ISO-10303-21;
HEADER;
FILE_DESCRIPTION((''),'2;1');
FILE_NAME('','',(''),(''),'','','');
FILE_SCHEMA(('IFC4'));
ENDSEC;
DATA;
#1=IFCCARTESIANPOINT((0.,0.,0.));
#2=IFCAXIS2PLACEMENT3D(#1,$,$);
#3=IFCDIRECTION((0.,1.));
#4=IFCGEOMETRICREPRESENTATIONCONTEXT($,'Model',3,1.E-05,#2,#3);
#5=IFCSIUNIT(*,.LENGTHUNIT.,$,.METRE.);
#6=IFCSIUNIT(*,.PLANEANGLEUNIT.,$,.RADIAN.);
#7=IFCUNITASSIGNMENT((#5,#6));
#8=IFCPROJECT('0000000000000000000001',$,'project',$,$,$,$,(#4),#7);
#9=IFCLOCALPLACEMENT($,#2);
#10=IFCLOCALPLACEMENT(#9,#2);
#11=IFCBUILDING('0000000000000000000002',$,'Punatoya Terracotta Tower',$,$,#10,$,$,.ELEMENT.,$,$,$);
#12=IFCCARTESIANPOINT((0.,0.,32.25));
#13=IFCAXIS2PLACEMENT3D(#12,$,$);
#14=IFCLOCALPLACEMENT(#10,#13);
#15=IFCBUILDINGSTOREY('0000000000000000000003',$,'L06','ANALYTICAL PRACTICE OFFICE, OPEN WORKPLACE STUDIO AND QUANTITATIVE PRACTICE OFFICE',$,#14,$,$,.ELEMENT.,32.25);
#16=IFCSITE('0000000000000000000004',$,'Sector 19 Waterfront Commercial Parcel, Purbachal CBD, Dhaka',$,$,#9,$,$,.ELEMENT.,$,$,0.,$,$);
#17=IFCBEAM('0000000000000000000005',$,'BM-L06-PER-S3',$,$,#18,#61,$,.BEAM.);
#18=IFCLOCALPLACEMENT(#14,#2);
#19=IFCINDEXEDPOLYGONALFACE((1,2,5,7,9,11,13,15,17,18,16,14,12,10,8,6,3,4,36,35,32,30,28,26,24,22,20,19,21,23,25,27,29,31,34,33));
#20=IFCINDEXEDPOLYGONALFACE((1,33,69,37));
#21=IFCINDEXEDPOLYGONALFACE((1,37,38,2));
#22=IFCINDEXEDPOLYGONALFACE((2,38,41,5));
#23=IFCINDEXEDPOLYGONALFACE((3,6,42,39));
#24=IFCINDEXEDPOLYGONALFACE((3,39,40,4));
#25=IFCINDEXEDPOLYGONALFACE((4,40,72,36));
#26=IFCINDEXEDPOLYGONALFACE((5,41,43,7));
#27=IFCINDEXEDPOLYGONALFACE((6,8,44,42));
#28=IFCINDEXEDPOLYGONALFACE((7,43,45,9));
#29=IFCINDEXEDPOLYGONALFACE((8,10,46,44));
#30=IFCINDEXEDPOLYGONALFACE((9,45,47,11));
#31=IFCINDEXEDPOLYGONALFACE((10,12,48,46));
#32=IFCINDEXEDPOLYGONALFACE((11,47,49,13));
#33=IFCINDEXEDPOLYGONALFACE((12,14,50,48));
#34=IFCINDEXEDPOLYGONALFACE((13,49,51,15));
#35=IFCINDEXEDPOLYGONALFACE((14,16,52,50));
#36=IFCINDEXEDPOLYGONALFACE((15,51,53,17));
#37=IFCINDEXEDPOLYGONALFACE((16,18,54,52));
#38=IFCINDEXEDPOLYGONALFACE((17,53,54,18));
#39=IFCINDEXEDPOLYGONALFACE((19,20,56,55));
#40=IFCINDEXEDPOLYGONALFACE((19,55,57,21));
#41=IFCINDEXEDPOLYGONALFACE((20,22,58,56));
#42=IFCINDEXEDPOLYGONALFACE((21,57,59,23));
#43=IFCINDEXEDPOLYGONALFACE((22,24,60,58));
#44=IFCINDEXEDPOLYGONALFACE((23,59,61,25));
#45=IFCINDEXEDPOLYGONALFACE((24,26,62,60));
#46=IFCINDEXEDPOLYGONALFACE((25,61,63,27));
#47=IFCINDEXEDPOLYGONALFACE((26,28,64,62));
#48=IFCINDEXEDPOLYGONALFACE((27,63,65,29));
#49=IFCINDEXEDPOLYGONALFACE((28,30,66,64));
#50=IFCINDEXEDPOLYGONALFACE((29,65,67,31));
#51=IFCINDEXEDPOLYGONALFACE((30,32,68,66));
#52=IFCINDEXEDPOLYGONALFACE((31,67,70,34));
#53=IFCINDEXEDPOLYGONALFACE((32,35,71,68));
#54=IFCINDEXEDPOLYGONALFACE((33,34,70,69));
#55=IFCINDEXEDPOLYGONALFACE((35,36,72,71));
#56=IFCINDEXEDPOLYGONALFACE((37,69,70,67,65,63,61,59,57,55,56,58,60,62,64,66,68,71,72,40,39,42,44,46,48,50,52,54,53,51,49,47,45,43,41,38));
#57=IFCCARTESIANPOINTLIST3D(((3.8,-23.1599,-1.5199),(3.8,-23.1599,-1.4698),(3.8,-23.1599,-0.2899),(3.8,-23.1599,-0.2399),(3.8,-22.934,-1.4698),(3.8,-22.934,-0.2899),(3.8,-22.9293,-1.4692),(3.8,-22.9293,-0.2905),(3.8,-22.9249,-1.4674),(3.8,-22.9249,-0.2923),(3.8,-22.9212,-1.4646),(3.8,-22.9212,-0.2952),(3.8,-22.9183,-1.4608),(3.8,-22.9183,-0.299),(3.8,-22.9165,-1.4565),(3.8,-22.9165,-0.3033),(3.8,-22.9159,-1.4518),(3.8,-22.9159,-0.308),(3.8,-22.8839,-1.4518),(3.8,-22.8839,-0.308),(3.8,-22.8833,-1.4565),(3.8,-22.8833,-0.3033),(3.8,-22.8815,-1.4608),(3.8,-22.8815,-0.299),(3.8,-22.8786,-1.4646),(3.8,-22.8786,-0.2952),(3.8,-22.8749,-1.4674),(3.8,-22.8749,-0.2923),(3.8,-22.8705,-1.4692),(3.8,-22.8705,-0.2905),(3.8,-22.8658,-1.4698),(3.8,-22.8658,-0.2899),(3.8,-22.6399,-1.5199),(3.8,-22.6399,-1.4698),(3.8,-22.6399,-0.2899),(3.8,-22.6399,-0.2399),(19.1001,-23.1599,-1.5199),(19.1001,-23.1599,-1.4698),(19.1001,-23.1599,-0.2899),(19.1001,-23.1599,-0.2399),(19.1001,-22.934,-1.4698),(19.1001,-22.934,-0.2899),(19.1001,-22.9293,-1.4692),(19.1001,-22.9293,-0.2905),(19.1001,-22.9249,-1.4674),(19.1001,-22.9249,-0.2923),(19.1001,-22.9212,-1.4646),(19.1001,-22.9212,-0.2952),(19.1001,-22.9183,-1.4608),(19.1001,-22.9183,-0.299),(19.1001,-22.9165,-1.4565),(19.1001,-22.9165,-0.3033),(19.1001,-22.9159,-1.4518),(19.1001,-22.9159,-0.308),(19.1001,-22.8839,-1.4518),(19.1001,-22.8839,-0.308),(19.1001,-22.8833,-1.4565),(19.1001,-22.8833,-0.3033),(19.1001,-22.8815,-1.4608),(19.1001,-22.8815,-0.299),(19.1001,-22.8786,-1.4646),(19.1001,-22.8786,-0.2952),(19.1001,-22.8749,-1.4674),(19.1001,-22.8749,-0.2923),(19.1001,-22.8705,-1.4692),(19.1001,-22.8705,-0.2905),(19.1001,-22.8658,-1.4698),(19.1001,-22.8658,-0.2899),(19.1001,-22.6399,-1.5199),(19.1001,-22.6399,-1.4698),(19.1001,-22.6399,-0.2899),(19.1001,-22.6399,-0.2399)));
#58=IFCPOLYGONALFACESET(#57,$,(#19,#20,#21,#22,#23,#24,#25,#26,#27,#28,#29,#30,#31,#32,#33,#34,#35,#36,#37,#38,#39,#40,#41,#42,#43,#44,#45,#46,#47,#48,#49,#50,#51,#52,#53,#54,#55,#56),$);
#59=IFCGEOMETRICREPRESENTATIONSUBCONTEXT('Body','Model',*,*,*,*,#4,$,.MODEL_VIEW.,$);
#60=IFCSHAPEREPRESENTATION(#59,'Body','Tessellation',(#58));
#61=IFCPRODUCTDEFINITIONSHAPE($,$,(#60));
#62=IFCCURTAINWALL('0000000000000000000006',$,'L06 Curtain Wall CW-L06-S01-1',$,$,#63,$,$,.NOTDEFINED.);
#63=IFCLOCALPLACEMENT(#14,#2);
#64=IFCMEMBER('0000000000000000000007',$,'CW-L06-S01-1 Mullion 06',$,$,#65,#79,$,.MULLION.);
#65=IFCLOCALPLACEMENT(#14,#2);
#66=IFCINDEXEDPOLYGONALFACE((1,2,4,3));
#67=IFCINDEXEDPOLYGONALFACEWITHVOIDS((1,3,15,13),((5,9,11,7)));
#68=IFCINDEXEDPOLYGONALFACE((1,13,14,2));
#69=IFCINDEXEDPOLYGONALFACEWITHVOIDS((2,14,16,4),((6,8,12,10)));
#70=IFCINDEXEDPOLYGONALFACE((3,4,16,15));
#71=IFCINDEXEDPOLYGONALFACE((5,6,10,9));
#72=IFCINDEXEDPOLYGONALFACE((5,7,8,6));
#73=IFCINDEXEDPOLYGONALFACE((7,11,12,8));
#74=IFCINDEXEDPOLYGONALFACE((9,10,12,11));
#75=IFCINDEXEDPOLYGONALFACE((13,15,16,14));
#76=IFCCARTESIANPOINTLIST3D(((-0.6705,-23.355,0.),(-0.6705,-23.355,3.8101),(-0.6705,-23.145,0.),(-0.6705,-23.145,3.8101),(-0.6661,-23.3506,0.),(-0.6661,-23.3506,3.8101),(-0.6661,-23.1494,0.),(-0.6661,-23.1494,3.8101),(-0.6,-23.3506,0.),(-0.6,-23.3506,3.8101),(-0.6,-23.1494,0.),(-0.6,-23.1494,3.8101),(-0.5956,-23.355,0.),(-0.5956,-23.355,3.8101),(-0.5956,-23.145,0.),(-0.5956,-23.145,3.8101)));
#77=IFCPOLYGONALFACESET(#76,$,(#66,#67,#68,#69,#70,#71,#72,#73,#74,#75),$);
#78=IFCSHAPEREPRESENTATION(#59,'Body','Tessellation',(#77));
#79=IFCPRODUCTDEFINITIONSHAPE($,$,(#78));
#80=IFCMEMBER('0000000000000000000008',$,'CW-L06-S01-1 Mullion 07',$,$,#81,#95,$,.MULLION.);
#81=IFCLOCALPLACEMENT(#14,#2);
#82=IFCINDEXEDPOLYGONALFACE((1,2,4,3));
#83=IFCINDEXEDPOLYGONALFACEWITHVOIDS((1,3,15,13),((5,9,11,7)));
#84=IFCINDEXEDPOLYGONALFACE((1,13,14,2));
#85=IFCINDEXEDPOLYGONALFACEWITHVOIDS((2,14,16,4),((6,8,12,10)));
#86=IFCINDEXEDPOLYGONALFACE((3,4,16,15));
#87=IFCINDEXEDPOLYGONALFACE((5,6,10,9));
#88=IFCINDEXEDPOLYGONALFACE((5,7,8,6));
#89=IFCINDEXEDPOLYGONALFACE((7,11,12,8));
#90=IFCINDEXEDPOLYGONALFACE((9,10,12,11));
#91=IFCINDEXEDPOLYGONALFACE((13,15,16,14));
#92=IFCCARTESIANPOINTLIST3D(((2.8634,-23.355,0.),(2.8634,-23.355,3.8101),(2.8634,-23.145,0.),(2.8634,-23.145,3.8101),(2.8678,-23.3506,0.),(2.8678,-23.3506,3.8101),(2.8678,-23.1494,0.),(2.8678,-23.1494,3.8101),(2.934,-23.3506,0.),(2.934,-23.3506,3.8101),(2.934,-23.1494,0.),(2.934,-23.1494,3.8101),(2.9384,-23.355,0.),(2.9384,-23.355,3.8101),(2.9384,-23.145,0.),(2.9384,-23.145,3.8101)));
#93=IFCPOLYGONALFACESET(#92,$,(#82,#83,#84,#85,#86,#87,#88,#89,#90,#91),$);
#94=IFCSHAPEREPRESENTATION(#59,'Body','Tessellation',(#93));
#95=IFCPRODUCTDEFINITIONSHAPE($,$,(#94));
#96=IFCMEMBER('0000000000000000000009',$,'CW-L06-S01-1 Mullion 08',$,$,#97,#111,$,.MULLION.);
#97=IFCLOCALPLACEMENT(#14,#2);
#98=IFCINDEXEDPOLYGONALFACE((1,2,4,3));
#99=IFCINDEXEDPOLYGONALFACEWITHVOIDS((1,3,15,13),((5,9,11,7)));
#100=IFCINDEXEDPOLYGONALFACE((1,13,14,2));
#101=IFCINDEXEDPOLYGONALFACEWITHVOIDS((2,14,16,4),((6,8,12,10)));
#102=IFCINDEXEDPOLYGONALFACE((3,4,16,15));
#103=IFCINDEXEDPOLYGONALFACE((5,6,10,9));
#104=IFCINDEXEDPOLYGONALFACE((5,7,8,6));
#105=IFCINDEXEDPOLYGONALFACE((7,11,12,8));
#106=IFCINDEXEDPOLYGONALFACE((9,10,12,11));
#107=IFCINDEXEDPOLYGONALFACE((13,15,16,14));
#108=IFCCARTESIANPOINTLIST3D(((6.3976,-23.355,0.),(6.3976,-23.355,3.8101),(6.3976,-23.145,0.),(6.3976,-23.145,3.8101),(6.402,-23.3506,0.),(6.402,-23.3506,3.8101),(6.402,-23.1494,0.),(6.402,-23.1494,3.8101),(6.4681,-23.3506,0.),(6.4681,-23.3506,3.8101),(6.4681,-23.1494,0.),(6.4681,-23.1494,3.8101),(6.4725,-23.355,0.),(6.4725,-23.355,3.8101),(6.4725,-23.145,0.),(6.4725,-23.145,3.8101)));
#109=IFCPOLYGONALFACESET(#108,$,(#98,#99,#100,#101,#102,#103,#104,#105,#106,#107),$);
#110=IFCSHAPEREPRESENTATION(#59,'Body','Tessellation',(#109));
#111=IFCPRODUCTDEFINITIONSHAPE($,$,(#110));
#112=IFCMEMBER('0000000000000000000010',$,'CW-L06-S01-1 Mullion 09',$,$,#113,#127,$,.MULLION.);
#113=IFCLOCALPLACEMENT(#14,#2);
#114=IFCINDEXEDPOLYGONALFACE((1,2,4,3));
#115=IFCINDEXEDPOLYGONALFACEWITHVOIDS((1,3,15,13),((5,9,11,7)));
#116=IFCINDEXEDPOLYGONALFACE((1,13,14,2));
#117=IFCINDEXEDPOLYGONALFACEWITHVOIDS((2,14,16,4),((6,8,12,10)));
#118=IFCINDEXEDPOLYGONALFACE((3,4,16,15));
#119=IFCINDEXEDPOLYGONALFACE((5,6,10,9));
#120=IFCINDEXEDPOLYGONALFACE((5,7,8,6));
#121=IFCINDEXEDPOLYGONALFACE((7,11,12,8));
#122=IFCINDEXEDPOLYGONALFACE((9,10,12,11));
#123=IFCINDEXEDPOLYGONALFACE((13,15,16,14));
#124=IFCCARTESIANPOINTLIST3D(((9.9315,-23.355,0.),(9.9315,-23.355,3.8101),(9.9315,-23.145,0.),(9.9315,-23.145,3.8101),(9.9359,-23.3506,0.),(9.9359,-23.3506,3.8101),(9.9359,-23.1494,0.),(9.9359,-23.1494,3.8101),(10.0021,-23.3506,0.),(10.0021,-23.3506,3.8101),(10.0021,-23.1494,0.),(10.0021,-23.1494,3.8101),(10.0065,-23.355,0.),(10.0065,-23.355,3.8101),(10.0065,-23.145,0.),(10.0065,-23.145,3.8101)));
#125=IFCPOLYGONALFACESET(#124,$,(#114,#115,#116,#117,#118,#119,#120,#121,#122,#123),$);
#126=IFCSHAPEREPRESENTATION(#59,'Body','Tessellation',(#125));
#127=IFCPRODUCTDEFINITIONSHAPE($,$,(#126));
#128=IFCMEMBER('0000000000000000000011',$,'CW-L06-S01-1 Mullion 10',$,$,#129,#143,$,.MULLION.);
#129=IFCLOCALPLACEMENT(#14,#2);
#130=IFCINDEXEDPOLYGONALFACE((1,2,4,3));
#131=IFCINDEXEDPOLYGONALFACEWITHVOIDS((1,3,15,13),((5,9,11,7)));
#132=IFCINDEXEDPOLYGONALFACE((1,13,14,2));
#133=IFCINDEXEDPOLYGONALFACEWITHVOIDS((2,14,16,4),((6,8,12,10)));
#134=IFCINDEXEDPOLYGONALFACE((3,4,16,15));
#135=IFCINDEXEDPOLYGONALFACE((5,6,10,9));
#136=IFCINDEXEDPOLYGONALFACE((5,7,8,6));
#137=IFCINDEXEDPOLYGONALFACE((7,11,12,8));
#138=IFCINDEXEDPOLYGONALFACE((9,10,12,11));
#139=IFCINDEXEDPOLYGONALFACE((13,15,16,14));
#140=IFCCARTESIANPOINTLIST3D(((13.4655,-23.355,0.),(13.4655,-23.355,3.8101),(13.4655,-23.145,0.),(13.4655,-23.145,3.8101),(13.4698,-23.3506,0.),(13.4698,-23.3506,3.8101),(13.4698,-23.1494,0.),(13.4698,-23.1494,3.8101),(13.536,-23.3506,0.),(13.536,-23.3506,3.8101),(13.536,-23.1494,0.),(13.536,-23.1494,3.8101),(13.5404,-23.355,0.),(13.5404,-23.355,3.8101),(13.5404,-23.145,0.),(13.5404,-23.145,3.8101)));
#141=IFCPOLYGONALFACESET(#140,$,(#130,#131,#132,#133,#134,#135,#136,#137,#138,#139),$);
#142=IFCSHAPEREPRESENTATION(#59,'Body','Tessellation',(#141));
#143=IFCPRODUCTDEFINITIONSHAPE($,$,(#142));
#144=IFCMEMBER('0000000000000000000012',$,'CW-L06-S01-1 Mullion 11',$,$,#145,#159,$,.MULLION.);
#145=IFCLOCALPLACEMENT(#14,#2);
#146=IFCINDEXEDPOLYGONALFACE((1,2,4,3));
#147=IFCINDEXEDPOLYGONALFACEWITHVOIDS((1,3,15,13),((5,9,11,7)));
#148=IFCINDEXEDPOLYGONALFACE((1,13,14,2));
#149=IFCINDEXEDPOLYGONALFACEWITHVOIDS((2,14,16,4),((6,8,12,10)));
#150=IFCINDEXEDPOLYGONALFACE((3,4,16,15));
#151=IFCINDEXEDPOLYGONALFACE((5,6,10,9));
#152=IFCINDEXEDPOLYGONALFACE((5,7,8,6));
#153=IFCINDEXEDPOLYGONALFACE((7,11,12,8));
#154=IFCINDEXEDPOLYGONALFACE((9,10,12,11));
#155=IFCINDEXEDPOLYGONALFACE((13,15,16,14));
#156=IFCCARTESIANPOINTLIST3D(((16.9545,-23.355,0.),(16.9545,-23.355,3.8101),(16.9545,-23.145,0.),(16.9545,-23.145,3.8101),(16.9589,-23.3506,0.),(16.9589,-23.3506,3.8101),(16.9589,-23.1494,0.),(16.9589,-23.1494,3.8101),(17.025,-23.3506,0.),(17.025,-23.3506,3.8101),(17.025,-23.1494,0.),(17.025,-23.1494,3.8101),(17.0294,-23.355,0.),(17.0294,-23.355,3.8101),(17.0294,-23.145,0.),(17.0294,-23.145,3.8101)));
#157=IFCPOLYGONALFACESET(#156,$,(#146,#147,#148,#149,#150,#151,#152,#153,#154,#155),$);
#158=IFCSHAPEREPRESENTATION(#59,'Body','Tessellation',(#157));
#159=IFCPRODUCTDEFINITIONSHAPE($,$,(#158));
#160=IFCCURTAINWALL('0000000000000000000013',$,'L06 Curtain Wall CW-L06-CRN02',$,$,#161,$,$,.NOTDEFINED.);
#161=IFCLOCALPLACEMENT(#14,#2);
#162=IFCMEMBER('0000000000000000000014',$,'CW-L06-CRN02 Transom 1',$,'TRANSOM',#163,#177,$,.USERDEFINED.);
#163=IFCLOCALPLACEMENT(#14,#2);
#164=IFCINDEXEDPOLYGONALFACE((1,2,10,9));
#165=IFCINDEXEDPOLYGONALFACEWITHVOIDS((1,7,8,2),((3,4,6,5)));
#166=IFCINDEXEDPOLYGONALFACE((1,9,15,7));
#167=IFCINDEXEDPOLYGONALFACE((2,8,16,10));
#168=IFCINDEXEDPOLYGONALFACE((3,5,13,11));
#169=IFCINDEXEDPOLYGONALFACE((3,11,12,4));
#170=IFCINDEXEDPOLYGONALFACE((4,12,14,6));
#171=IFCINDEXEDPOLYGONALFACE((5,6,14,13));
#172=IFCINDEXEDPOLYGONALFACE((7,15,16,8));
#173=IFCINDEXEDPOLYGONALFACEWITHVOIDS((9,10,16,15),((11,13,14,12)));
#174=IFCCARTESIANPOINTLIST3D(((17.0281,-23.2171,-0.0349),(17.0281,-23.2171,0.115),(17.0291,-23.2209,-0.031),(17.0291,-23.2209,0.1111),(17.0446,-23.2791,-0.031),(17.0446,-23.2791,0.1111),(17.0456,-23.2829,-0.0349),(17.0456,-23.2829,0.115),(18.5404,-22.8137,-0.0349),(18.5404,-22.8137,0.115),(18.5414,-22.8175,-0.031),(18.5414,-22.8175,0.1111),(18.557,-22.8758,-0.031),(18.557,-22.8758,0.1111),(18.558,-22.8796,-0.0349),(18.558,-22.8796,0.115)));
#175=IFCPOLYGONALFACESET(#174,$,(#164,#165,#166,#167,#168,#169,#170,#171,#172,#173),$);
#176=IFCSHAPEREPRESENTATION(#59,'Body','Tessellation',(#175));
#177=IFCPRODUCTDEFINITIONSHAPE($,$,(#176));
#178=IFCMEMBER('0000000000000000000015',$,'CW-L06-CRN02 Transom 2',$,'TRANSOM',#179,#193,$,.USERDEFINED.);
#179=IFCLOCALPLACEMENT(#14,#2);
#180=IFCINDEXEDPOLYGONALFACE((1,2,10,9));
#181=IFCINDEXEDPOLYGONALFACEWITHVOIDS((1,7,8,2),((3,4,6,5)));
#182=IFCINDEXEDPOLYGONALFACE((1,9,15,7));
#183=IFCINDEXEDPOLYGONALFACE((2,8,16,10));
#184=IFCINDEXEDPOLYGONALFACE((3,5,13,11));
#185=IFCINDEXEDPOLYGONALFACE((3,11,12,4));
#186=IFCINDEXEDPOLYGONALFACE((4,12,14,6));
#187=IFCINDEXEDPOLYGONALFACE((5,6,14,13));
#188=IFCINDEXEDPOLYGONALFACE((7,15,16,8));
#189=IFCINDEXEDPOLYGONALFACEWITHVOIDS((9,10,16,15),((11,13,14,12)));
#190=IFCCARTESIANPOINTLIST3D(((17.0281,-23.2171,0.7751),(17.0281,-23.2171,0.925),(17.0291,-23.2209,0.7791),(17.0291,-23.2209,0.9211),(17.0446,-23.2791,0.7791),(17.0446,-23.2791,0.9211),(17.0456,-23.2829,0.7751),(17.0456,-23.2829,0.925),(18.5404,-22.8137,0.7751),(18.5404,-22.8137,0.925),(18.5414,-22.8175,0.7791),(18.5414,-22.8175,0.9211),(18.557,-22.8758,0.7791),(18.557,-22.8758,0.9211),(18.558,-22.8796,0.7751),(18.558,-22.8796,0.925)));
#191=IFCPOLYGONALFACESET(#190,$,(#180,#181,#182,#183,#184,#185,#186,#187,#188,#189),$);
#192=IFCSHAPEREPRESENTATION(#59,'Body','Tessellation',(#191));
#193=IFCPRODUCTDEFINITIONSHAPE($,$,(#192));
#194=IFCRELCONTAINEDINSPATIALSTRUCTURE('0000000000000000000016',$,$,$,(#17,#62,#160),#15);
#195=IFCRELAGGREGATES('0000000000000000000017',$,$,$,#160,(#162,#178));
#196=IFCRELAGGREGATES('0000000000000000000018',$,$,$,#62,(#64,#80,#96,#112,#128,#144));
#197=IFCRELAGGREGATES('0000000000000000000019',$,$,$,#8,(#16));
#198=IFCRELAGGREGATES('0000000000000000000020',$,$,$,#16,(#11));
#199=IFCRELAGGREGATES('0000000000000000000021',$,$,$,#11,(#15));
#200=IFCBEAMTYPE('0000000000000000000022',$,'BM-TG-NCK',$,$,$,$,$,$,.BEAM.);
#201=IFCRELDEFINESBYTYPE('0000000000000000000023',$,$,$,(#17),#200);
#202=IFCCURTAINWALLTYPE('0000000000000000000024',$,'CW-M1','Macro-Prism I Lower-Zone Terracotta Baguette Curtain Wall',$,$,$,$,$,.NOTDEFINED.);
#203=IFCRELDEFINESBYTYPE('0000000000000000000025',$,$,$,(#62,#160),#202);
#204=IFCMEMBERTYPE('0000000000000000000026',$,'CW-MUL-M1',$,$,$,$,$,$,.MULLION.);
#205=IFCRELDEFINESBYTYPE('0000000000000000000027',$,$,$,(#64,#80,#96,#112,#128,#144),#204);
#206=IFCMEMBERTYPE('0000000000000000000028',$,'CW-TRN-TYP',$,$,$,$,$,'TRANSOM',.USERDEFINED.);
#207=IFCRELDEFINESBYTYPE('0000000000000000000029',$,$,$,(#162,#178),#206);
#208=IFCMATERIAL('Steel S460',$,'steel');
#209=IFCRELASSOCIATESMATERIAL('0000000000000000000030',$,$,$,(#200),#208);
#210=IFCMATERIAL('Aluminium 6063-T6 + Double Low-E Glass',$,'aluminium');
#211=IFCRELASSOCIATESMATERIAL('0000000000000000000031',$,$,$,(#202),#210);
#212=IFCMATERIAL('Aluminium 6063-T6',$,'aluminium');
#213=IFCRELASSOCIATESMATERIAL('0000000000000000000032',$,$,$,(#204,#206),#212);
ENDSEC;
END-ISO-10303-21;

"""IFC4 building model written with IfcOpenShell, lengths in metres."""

from ifc_helpers import new_model, si_unit, direction, frame, origin, origin_2d, place, context, subcontext, project, spatial, hollow_rectangle, i_section, extrude, material, material_profile, profile_set, type_object, element, aggregate, save


model = new_model("IFC4")

# Units and contexts
model_context = context("Model", 3, precision=1e-05, world=origin(), true_north=direction((0.0, 1.0)))
body_context = subcontext(model_context, "Body", "Model", "MODEL_VIEW")
ifc_project = project(units=[si_unit("LENGTHUNIT", "METRE"), si_unit("PLANEANGLEUNIT", "RADIAN")], contexts=[model_context])

# Site, building, storey
site_placement = place(None, origin())
site = spatial("IfcSite", under=ifc_project, at=site_placement, Name="Sector 19 Waterfront Commercial Parcel, Purbachal CBD, Dhaka", CompositionType="ELEMENT", RefElevation=0.0)
building_placement = place(site_placement, origin())
building = spatial("IfcBuilding", under=site, at=building_placement, Name="Punatoya Terracotta Tower", CompositionType="ELEMENT")
storey_placement = place(building_placement, frame((0.0, 0.0, 32.25)))
storey = spatial("IfcBuildingStorey", under=building, at=storey_placement, Name="L06", Description="ANALYTICAL PRACTICE OFFICE, OPEN WORKPLACE STUDIO AND QUANTITATIVE PRACTICE OFFICE", CompositionType="ELEMENT", Elevation=32.25)

# Shared definitions
ifc_material_1 = material(Name="Steel S460", Category="steel")

# Beam
ifc_material_profile_1 = material_profile(ifc_material_1, i_section(OverallWidth=0.52, OverallDepth=1.28, WebThickness=0.032, FlangeThickness=0.05, FilletRadius=0.0181, at=origin_2d()))
ifc_profile_set_1 = profile_set([ifc_material_profile_1], Name="Steel S460")
beam_type_1 = type_object("IfcBeamType", Name="BM-TG-NCK", PredefinedType="BEAM", material=ifc_profile_set_1)
beam_1_placement = place(storey_placement, frame((3.8, -22.8999, -0.8799), z_axis=(1.0, 0.0, 0.0), x_axis=(0.0, 1.0, 0.0)))
element("IfcBeam", 1, at=beam_1_placement, inside=storey, type_object=beam_type_1, Name="BM-L06-PER-S3", PredefinedType="BEAM", context=body_context, shape_type="SweptSolid", body=[
    extrude(i_section(OverallWidth=0.52, OverallDepth=1.28, WebThickness=0.032, FlangeThickness=0.05, FilletRadius=0.0181, at=origin_2d()), origin(), (0.0, 0.0, 1.0), 15.3),
])

# Curtain walls, members
ifc_material_2 = material(Name="Aluminium 6063-T6 + Double Low-E Glass", Category="aluminium")
curtain_wall_type = type_object("IfcCurtainWallType", Name="CW-M1", Description="Macro-Prism I Lower-Zone Terracotta Baguette Curtain Wall", PredefinedType="NOTDEFINED", material=ifc_material_2)
curtain_wall_1_placement = place(storey_placement, origin())
curtain_wall_1 = element("IfcCurtainWall", 2, at=curtain_wall_1_placement, inside=storey, type_object=curtain_wall_type, Name="L06 Curtain Wall CW-L06-S01-1", PredefinedType="NOTDEFINED")
ifc_material_3 = material(Name="Aluminium 6063-T6", Category="aluminium")
ifc_material_profile_2 = material_profile(ifc_material_3, hollow_rectangle(XDim=0.075, YDim=0.21, WallThickness=0.0044, at=origin_2d()))
ifc_profile_set_2 = profile_set([ifc_material_profile_2], Name="Aluminium 6063-T6")
member_type_1 = type_object("IfcMemberType", Name="CW-MUL-M1", PredefinedType="MULLION", material=ifc_profile_set_2)
member_1_placement = place(storey_placement, frame((-0.6331, -23.25, 0.0), z_axis=(0.0, 0.0, 1.0), x_axis=(1.0, 0.0, 0.0)))
member_1 = element("IfcMember", 3, at=member_1_placement, type_object=member_type_1, Name="CW-L06-S01-1 Mullion 06", PredefinedType="MULLION", context=body_context, shape_type="SweptSolid", body=[
    extrude(hollow_rectangle(XDim=0.075, YDim=0.21, WallThickness=0.0044, at=origin_2d()), origin(), (0.0, 0.0, 1.0), 3.8101),
])
member_2_placement = place(storey_placement, frame((2.9009, -23.25, 0.0), z_axis=(0.0, 0.0, 1.0), x_axis=(1.0, 0.0, 0.0)))
member_2 = element("IfcMember", 4, at=member_2_placement, type_object=member_type_1, Name="CW-L06-S01-1 Mullion 07", PredefinedType="MULLION", context=body_context, shape_type="SweptSolid", body=[
    extrude(hollow_rectangle(XDim=0.075, YDim=0.21, WallThickness=0.0044, at=origin_2d()), origin(), (0.0, 0.0, 1.0), 3.8101),
])
member_3_placement = place(storey_placement, frame((6.4351, -23.25, 0.0), z_axis=(0.0, 0.0, 1.0), x_axis=(1.0, 0.0, 0.0)))
member_3 = element("IfcMember", 5, at=member_3_placement, type_object=member_type_1, Name="CW-L06-S01-1 Mullion 08", PredefinedType="MULLION", context=body_context, shape_type="SweptSolid", body=[
    extrude(hollow_rectangle(XDim=0.075, YDim=0.21, WallThickness=0.0044, at=origin_2d()), origin(), (0.0, 0.0, 1.0), 3.8101),
])
member_4_placement = place(storey_placement, frame((9.969, -23.25, 0.0), z_axis=(0.0, 0.0, 1.0), x_axis=(1.0, 0.0, 0.0)))
member_4 = element("IfcMember", 6, at=member_4_placement, type_object=member_type_1, Name="CW-L06-S01-1 Mullion 09", PredefinedType="MULLION", context=body_context, shape_type="SweptSolid", body=[
    extrude(hollow_rectangle(XDim=0.075, YDim=0.21, WallThickness=0.0044, at=origin_2d()), origin(), (0.0, 0.0, 1.0), 3.8101),
])
member_5_placement = place(storey_placement, frame((13.5029, -23.25, 0.0), z_axis=(0.0, 0.0, 1.0), x_axis=(1.0, 0.0, 0.0)))
member_5 = element("IfcMember", 7, at=member_5_placement, type_object=member_type_1, Name="CW-L06-S01-1 Mullion 10", PredefinedType="MULLION", context=body_context, shape_type="SweptSolid", body=[
    extrude(hollow_rectangle(XDim=0.075, YDim=0.21, WallThickness=0.0044, at=origin_2d()), origin(), (0.0, 0.0, 1.0), 3.8101),
])
member_6_placement = place(storey_placement, frame((16.9919, -23.25, 0.0), z_axis=(0.0, 0.0, 1.0), x_axis=(1.0, 0.0, 0.0)))
member_6 = element("IfcMember", 8, at=member_6_placement, type_object=member_type_1, Name="CW-L06-S01-1 Mullion 11", PredefinedType="MULLION", context=body_context, shape_type="SweptSolid", body=[
    extrude(hollow_rectangle(XDim=0.075, YDim=0.21, WallThickness=0.0044, at=origin_2d()), origin(), (0.0, 0.0, 1.0), 3.8101),
])
curtain_wall_2_placement = place(storey_placement, origin())
curtain_wall_2 = element("IfcCurtainWall", 9, at=curtain_wall_2_placement, inside=storey, type_object=curtain_wall_type, Name="L06 Curtain Wall CW-L06-CRN02", PredefinedType="NOTDEFINED")
ifc_material_profile_3 = material_profile(ifc_material_3, hollow_rectangle(XDim=0.0681, YDim=0.1499, WallThickness=0.0039, at=origin_2d()))
ifc_profile_set_3 = profile_set([ifc_material_profile_3], Name="Aluminium 6063-T6")
member_type_2 = type_object("IfcMemberType", Name="CW-TRN-TYP", ElementType="TRANSOM", PredefinedType="USERDEFINED", material=ifc_profile_set_3)
member_7_placement = place(storey_placement, frame((17.0369, -23.25, 0.04), z_axis=(0.966225, 0.257701, 0.0), x_axis=(-0.257701, 0.966225, 0.0)))
member_7 = element("IfcMember", 10, at=member_7_placement, type_object=member_type_2, Name="CW-L06-CRN02 Transom 1", ObjectType="TRANSOM", PredefinedType="USERDEFINED", context=body_context, shape_type="SweptSolid", body=[
    extrude(hollow_rectangle(XDim=0.0681, YDim=0.1499, WallThickness=0.0039, at=origin_2d()), origin(), (0.0, 0.0, 1.0), 1.5652),
])
member_8_placement = place(storey_placement, frame((17.0369, -23.25, 0.8501), z_axis=(0.966225, 0.257701, 0.0), x_axis=(-0.257701, 0.966225, 0.0)))
member_8 = element("IfcMember", 11, at=member_8_placement, type_object=member_type_2, Name="CW-L06-CRN02 Transom 2", ObjectType="TRANSOM", PredefinedType="USERDEFINED", context=body_context, shape_type="SweptSolid", body=[
    extrude(hollow_rectangle(XDim=0.0681, YDim=0.1499, WallThickness=0.0039, at=origin_2d()), origin(), (0.0, 0.0, 1.0), 1.5652),
])
aggregate(curtain_wall_2, [member_7, member_8])

aggregate(curtain_wall_1, [member_1, member_2, member_3, member_4, member_5, member_6])

save(model, "model.ifc")
